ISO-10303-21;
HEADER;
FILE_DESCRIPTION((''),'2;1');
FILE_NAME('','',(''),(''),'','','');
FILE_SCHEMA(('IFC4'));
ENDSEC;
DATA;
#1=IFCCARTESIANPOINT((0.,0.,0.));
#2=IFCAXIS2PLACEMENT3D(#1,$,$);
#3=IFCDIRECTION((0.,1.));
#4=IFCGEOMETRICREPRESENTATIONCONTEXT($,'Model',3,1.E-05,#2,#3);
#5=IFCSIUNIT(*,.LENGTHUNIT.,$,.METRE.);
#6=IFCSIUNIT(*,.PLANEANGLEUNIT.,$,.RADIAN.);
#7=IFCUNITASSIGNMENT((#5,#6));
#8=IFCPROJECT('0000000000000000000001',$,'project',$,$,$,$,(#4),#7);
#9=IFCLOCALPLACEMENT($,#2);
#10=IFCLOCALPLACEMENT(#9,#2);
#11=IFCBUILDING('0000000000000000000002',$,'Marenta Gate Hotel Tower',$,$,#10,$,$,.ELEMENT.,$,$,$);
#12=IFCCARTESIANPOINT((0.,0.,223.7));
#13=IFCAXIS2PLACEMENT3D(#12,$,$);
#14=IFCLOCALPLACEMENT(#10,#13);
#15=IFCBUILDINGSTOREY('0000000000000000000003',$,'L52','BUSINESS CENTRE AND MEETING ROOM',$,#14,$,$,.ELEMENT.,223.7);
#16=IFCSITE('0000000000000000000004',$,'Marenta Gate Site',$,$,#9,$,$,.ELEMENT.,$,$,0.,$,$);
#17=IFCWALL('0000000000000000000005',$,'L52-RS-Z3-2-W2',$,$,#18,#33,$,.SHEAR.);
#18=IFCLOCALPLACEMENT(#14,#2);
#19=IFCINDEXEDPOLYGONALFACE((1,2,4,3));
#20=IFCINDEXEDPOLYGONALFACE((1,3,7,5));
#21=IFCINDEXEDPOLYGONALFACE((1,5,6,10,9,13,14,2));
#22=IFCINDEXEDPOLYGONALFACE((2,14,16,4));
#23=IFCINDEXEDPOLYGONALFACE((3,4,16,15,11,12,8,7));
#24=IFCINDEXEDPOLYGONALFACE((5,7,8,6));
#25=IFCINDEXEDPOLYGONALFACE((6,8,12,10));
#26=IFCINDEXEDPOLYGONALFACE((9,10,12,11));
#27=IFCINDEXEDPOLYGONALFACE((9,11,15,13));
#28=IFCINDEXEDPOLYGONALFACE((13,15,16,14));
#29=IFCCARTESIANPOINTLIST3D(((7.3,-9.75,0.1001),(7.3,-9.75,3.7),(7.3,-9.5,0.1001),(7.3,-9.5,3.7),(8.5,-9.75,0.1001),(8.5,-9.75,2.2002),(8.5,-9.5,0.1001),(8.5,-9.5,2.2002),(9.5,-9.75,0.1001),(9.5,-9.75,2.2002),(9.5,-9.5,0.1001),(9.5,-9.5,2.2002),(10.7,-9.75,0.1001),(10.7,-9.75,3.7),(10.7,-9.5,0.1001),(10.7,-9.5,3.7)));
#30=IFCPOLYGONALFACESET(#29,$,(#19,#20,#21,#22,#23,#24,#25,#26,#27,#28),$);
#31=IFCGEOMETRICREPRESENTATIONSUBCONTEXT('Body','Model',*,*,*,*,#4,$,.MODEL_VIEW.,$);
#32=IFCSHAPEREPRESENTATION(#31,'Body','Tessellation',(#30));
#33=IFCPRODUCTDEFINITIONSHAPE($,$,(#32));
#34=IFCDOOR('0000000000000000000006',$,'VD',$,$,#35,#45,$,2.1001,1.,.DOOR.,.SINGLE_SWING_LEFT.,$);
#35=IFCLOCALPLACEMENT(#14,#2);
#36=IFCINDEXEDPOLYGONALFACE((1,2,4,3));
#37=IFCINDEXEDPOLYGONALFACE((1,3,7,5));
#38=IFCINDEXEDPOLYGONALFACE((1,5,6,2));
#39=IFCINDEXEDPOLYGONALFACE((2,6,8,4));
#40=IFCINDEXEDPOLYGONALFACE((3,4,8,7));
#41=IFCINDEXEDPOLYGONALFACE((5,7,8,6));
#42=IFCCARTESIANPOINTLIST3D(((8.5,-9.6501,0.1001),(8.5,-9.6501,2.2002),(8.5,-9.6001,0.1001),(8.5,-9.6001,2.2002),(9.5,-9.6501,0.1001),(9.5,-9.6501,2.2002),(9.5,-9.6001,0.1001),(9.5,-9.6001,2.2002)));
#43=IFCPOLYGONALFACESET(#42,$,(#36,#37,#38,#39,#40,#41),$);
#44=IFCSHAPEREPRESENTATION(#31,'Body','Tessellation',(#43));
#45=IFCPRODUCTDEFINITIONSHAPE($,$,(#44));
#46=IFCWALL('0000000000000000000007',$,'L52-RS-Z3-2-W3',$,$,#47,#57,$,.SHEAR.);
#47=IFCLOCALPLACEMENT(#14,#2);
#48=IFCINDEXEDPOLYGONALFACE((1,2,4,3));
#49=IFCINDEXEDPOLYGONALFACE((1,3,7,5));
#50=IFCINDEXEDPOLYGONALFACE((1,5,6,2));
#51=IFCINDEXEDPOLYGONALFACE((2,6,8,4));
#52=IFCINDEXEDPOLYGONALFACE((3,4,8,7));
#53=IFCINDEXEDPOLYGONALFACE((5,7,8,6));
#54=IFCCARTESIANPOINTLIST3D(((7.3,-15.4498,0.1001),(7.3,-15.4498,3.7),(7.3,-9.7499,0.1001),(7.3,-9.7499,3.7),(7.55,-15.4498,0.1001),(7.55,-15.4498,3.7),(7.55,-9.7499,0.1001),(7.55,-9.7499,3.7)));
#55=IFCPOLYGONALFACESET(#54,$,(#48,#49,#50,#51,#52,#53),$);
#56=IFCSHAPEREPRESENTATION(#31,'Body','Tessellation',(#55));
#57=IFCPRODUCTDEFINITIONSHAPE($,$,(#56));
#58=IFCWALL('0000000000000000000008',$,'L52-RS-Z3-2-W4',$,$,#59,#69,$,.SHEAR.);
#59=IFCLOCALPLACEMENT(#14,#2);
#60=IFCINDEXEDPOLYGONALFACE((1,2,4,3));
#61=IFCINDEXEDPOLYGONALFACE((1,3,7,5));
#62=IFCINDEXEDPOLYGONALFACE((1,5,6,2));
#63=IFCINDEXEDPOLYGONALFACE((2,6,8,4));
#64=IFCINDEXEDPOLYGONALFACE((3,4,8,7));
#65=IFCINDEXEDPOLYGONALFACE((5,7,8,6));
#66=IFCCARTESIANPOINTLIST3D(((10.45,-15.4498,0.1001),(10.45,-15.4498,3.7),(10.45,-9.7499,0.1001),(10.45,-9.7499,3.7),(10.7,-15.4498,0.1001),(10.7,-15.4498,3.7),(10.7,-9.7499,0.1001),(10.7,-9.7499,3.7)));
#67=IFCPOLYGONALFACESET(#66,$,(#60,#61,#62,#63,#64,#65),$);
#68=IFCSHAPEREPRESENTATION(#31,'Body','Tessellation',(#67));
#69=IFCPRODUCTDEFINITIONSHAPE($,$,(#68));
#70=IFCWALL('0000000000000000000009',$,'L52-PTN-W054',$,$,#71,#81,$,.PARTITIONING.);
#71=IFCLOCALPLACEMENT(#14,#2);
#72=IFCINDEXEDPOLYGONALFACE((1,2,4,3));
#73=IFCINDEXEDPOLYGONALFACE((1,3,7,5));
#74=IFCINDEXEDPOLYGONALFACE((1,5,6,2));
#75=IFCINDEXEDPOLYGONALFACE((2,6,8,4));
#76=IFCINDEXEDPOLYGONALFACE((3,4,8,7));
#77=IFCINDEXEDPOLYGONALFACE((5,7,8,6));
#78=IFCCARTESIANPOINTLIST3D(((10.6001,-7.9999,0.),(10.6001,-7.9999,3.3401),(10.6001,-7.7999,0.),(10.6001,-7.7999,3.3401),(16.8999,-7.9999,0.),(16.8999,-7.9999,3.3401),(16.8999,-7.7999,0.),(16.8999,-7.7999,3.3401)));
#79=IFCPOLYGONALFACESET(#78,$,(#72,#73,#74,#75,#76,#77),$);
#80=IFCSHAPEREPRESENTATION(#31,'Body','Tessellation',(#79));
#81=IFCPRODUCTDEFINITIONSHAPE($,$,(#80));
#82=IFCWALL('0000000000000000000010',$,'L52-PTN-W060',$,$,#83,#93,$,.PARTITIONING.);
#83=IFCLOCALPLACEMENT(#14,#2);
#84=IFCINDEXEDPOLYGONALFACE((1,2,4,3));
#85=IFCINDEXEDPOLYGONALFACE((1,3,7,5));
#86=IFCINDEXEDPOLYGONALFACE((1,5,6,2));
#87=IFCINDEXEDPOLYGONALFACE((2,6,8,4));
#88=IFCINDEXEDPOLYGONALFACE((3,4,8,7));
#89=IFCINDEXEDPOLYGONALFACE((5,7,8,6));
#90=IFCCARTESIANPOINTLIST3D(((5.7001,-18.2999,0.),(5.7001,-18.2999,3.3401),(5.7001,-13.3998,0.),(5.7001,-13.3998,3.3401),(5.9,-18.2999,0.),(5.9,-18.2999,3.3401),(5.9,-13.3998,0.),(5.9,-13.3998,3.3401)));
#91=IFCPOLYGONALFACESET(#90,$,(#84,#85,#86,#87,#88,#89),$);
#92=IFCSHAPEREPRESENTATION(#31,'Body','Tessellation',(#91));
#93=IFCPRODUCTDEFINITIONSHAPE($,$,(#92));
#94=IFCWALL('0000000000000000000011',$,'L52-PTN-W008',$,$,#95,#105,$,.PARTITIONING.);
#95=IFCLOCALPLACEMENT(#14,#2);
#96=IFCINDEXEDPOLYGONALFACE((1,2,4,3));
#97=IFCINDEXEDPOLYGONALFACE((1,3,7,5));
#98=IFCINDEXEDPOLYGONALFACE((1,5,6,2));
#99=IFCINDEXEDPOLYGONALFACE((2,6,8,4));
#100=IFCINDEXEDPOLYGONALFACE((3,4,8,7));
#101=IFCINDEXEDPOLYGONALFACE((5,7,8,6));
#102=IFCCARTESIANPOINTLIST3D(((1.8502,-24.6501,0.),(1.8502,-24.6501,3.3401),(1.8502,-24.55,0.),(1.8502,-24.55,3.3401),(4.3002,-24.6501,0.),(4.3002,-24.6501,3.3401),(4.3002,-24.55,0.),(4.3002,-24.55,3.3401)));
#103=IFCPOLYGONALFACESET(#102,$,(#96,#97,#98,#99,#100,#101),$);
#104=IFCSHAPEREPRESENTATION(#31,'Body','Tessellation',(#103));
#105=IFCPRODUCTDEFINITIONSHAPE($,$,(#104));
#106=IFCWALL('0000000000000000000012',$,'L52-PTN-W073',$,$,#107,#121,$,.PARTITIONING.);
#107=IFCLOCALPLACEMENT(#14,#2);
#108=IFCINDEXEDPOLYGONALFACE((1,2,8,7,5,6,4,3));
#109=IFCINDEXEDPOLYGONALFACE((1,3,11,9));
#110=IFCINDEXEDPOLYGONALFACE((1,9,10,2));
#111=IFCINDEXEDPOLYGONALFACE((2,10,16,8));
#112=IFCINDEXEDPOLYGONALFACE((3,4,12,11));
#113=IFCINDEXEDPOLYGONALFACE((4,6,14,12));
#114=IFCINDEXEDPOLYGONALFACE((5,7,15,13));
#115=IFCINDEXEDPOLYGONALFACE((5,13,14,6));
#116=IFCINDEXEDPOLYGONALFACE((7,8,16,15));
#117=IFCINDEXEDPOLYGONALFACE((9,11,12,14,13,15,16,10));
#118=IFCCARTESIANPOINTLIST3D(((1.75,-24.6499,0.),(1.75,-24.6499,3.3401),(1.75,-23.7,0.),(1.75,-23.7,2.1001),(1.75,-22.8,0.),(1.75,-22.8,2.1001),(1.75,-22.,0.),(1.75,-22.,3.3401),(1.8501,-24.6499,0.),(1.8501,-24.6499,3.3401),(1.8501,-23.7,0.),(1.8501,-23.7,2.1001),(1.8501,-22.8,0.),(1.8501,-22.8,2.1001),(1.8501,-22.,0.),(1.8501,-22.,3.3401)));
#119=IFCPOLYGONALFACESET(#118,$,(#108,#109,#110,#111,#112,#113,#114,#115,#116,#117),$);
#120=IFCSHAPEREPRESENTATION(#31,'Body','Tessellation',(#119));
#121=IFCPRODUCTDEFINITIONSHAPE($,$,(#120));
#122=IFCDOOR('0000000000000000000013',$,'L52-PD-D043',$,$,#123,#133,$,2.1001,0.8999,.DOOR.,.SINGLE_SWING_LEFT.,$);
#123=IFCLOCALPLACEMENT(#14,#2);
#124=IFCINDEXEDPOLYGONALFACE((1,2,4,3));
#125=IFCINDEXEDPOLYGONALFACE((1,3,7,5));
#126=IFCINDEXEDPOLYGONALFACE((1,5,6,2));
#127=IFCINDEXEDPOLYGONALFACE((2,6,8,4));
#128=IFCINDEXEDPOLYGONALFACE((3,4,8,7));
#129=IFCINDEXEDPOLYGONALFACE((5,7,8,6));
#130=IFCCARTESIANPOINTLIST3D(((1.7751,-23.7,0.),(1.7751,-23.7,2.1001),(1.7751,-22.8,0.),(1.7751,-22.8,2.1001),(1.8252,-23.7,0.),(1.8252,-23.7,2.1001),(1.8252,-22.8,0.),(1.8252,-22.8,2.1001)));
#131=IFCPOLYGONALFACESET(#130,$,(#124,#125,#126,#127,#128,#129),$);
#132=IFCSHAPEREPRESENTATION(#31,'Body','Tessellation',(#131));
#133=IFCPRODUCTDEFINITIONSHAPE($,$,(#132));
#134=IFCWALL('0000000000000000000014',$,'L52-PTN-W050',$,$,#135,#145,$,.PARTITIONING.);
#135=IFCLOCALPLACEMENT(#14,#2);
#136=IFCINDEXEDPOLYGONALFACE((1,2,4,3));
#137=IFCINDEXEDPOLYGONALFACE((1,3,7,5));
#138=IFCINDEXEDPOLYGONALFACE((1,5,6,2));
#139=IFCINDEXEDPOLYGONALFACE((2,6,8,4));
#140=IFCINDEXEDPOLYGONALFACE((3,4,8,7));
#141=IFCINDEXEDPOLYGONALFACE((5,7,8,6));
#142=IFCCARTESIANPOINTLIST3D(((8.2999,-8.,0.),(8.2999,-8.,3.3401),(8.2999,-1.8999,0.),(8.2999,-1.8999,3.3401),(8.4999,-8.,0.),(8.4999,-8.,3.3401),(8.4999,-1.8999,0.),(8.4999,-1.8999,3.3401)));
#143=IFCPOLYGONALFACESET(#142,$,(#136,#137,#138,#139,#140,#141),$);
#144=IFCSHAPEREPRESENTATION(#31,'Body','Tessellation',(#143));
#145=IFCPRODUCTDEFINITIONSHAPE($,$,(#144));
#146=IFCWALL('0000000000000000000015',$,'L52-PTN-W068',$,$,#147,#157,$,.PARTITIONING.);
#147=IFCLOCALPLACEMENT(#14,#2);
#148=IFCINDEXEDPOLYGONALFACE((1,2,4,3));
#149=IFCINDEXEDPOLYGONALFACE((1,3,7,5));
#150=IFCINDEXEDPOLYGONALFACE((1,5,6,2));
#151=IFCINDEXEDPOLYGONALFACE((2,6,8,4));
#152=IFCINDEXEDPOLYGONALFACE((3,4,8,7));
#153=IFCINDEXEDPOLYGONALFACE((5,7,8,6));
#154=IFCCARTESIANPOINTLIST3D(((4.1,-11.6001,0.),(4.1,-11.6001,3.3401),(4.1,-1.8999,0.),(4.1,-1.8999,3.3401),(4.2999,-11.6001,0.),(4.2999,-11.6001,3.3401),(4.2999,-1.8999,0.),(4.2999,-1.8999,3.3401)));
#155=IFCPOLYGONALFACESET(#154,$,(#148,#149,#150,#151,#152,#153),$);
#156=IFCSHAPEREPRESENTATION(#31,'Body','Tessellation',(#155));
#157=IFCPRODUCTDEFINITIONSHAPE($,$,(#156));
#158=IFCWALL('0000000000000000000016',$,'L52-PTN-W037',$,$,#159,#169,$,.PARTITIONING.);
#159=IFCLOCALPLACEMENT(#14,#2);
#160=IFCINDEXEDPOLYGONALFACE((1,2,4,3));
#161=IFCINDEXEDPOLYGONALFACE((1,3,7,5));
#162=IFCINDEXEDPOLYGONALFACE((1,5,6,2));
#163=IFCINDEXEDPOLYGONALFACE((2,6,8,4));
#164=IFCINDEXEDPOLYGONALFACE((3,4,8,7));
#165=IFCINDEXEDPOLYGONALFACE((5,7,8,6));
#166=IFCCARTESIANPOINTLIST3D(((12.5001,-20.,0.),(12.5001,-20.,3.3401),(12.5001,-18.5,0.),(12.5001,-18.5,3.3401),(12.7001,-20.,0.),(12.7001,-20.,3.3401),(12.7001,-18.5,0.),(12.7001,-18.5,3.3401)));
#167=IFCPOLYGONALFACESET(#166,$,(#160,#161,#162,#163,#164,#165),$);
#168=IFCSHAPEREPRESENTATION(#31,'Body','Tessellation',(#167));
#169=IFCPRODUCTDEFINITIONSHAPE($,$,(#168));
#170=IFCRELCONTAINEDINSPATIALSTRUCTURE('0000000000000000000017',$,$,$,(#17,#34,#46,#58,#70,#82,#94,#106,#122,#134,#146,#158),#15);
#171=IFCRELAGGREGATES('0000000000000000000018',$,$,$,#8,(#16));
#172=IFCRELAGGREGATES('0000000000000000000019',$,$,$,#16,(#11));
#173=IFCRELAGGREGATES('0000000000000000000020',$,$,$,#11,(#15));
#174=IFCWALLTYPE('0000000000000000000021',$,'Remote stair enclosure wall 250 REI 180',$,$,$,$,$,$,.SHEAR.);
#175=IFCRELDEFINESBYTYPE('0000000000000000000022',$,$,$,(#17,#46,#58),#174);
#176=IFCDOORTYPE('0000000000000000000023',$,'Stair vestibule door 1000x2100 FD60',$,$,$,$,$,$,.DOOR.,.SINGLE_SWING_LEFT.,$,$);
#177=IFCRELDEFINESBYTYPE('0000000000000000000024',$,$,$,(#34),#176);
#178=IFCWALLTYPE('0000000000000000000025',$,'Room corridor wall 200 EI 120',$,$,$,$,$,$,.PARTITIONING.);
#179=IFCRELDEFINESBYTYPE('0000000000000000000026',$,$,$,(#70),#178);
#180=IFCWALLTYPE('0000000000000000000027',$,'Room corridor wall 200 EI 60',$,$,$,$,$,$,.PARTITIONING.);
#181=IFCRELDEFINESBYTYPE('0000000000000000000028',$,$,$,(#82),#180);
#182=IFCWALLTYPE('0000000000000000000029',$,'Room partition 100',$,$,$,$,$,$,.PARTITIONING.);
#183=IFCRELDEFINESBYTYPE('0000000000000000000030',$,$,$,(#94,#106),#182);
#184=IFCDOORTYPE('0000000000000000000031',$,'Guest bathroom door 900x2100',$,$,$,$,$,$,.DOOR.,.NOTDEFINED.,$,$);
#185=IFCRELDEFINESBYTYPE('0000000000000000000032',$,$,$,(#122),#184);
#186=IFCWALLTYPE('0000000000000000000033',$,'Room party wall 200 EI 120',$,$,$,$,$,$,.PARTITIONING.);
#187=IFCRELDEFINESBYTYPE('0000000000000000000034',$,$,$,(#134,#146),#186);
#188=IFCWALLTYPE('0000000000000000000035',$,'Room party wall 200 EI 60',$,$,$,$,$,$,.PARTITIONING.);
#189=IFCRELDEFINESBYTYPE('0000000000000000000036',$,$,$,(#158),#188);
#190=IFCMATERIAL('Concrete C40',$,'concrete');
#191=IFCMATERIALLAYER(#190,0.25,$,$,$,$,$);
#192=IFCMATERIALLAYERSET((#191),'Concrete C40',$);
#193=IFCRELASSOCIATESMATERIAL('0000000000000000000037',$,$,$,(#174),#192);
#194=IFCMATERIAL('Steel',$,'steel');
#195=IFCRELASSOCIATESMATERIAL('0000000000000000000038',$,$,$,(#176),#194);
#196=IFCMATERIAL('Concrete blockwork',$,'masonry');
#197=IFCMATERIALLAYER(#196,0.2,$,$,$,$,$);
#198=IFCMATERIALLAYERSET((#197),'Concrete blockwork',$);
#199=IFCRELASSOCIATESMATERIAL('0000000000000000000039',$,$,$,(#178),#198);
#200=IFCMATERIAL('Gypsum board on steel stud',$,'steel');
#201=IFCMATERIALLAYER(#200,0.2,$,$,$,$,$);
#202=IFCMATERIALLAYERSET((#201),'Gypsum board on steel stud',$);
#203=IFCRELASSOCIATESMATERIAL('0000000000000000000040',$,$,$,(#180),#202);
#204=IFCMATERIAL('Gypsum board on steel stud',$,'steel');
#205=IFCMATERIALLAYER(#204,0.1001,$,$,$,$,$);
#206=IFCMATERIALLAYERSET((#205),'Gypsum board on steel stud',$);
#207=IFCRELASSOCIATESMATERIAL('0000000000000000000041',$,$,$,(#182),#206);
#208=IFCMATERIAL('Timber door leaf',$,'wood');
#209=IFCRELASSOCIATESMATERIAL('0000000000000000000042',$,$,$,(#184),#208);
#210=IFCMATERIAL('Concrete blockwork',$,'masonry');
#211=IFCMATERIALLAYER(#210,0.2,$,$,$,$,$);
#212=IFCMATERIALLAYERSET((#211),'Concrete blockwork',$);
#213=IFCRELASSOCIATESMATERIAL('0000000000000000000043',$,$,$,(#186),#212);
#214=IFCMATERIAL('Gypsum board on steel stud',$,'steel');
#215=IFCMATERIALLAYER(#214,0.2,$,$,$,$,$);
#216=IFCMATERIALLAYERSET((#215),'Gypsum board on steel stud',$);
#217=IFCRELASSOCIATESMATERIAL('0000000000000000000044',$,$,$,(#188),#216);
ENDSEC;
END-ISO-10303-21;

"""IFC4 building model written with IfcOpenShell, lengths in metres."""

from ifc_helpers import new_model, si_unit, direction, frame, frame_2d, origin, place, context, subcontext, project, spatial, rectangle, extrude, material, layer, layer_set, type_object, element, fill, save


model = new_model("IFC4")

# Units and contexts
model_context = context("Model", 3, precision=1e-05, world=origin(), true_north=direction((0.0, 1.0)))
body_context = subcontext(model_context, "Body", "Model", "MODEL_VIEW")
ifc_project = project(units=[si_unit("LENGTHUNIT", "METRE"), si_unit("PLANEANGLEUNIT", "RADIAN")], contexts=[model_context])

# Site, building, storey
site_placement = place(None, origin())
site = spatial("IfcSite", under=ifc_project, at=site_placement, Name="Marenta Gate Site", CompositionType="ELEMENT", RefElevation=0.0)
building_placement = place(site_placement, origin())
building = spatial("IfcBuilding", under=site, at=building_placement, Name="Marenta Gate Hotel Tower", CompositionType="ELEMENT")
storey_placement = place(building_placement, frame((0.0, 0.0, 223.7)))
storey = spatial("IfcBuildingStorey", under=building, at=storey_placement, Name="L52", Description="BUSINESS CENTRE AND MEETING ROOM", CompositionType="ELEMENT", Elevation=223.7)

# Shared definitions
ifc_material_1 = material(Name="Concrete C40", Category="concrete")
ifc_layer_1 = layer(ifc_material_1, 0.25)
ifc_layer_set_1 = layer_set([ifc_layer_1], Name="Concrete C40")
wall_type_1 = type_object("IfcWallType", Name="Remote stair enclosure wall 250 REI 180", PredefinedType="SHEAR", material=ifc_layer_set_1)

# Wall, opening, door
wall_1_placement = place(storey_placement, frame((7.3, -9.625, 0.1001), z_axis=(0.0, 0.0, 1.0), x_axis=(1.0, 0.0, 0.0)))
wall_1 = element("IfcWall", 1, at=wall_1_placement, inside=storey, type_object=wall_type_1, Name="L52-RS-Z3-2-W2", PredefinedType="SHEAR", context=body_context, shape_type="SweptSolid", body=[
    extrude(rectangle(XDim=3.3999, YDim=0.25, at=frame_2d((1.7, 0.0))), origin(), (0.0, 0.0, 1.0), 3.5999),
])
opening_1_placement = place(wall_1_placement, frame((1.2, 0.0, 0.0)))
opening_1 = element("IfcOpeningElement", 2, at=opening_1_placement, cuts=wall_1, PredefinedType="OPENING", context=body_context, shape_type="SweptSolid", body=[
    extrude(rectangle(XDim=1.0, YDim=2.1001, at=frame_2d((0.5, 1.05))), frame((0.0, 0.125, 0.0), z_axis=(0.0, -1.0, 0.0), x_axis=(1.0, 0.0, 0.0)), (0.0, 0.0, 1.0), 0.25),
])
ifc_material_2 = material(Name="Steel", Category="steel")
door_type_1 = type_object("IfcDoorType", Name="Stair vestibule door 1000x2100 FD60", OperationType="SINGLE_SWING_LEFT", PredefinedType="DOOR", material=ifc_material_2)
door_1_placement = place(opening_1_placement, origin())
door_1 = element("IfcDoor", 3, at=door_1_placement, inside=storey, type_object=door_type_1, Name="VD", OperationType="SINGLE_SWING_LEFT", OverallHeight=2.1001, OverallWidth=1.0, PredefinedType="DOOR", context=body_context, shape_type="SweptSolid", body=[
    extrude(rectangle(XDim=1.0, YDim=2.1001, at=frame_2d((0.5, 1.05))), frame((0.0, 0.0249, 0.0), z_axis=(0.0, -1.0, 0.0), x_axis=(1.0, 0.0, 0.0)), (0.0, 0.0, 1.0), 0.05),
])
fill(opening_1, door_1)

# Walls
for number, where, z_axis, x_axis, name in (
    (4, (7.425, -15.45, 0.1001), (0.0, 0.0, 1.0), (0.0, 1.0, 0.0), "L52-RS-Z3-2-W3"),
    (5, (10.575, -15.45, 0.1001), (0.0, 0.0, 1.0), (0.0, 1.0, 0.0), "L52-RS-Z3-2-W4"),
):
    element("IfcWall", number, at=place(storey_placement, frame(where, z_axis=z_axis, x_axis=x_axis)), inside=storey, type_object=wall_type_1, Name=name, PredefinedType="SHEAR", context=body_context, shape_type="SweptSolid", body=[
        extrude(rectangle(XDim=5.7, YDim=0.25, at=frame_2d((2.8501, 0.0))), origin(), (0.0, 0.0, 1.0), 3.5999),
    ])
ifc_material_3 = material(Name="Concrete blockwork", Category="masonry")
ifc_layer_2 = layer(ifc_material_3, 0.2)
ifc_layer_set_2 = layer_set([ifc_layer_2], Name="Concrete blockwork")
wall_type_2 = type_object("IfcWallType", Name="Room corridor wall 200 EI 120", PredefinedType="PARTITIONING", material=ifc_layer_set_2)
wall_2_placement = place(storey_placement, frame((10.6001, -7.8999, 0.0), z_axis=(0.0, 0.0, 1.0), x_axis=(1.0, 0.0, 0.0)))
element("IfcWall", 6, at=wall_2_placement, inside=storey, type_object=wall_type_2, Name="L52-PTN-W054", PredefinedType="PARTITIONING", context=body_context, shape_type="SweptSolid", body=[
    extrude(rectangle(XDim=6.2998, YDim=0.2, at=frame_2d((3.1499, 0.0))), origin(), (0.0, 0.0, 1.0), 3.3401),
])

# Shared definitions
ifc_material_4 = material(Name="Gypsum board on steel stud", Category="steel")
ifc_layer_3 = layer(ifc_material_4, 0.2)
ifc_layer_set_3 = layer_set([ifc_layer_3], Name="Gypsum board on steel stud")
wall_type_3 = type_object("IfcWallType", Name="Room corridor wall 200 EI 60", PredefinedType="PARTITIONING", material=ifc_layer_set_3)

# Wall
wall_3_placement = place(storey_placement, frame((5.8, -18.3, 0.0), z_axis=(0.0, 0.0, 1.0), x_axis=(0.0, 1.0, 0.0)))
element("IfcWall", 7, at=wall_3_placement, inside=storey, type_object=wall_type_3, Name="L52-PTN-W060", PredefinedType="PARTITIONING", context=body_context, shape_type="SweptSolid", body=[
    extrude(rectangle(XDim=4.9001, YDim=0.2, at=frame_2d((2.4502, 0.0))), origin(), (0.0, 0.0, 1.0), 3.3401),
])

# Wall
ifc_material_5 = material(Name="Gypsum board on steel stud", Category="steel")
ifc_layer_4 = layer(ifc_material_5, 0.1001)
ifc_layer_set_4 = layer_set([ifc_layer_4], Name="Gypsum board on steel stud")
wall_type_4 = type_object("IfcWallType", Name="Room partition 100", PredefinedType="PARTITIONING", material=ifc_layer_set_4)
wall_4_placement = place(storey_placement, frame((1.8501, -24.6001, 0.0), z_axis=(0.0, 0.0, 1.0), x_axis=(1.0, 0.0, 0.0)))
element("IfcWall", 8, at=wall_4_placement, inside=storey, type_object=wall_type_4, Name="L52-PTN-W008", PredefinedType="PARTITIONING", context=body_context, shape_type="SweptSolid", body=[
    extrude(rectangle(XDim=2.45, YDim=0.1001, at=frame_2d((1.2251, 0.0))), origin(), (0.0, 0.0, 1.0), 3.3401),
])

# Wall, opening, door
wall_5_placement = place(storey_placement, frame((1.8, -24.6499, 0.0), z_axis=(0.0, 0.0, 1.0), x_axis=(0.0, 1.0, 0.0)))
wall_5 = element("IfcWall", 9, at=wall_5_placement, inside=storey, type_object=wall_type_4, Name="L52-PTN-W073", PredefinedType="PARTITIONING", context=body_context, shape_type="SweptSolid", body=[
    extrude(rectangle(XDim=2.6499, YDim=0.1001, at=frame_2d((1.325, 0.0))), origin(), (0.0, 0.0, 1.0), 3.3401),
])
opening_2_placement = place(wall_5_placement, frame((0.95, 0.0, 0.0)))
opening_2 = element("IfcOpeningElement", 10, at=opening_2_placement, cuts=wall_5, PredefinedType="OPENING", context=body_context, shape_type="SweptSolid", body=[
    extrude(rectangle(XDim=0.8999, YDim=2.1001, at=frame_2d((0.45, 1.05))), frame((0.0, 0.05, 0.0), z_axis=(0.0, -1.0, 0.0), x_axis=(1.0, 0.0, 0.0)), (0.0, 0.0, 1.0), 0.1001),
])
ifc_material_6 = material(Name="Timber door leaf", Category="wood")
door_type_2 = type_object("IfcDoorType", Name="Guest bathroom door 900x2100", OperationType="NOTDEFINED", PredefinedType="DOOR", material=ifc_material_6)
door_2_placement = place(opening_2_placement, origin())
door_2 = element("IfcDoor", 11, at=door_2_placement, inside=storey, type_object=door_type_2, Name="L52-PD-D043", OperationType="SINGLE_SWING_LEFT", OverallHeight=2.1001, OverallWidth=0.8999, PredefinedType="DOOR", context=body_context, shape_type="SweptSolid", body=[
    extrude(rectangle(XDim=0.8999, YDim=2.1001, at=frame_2d((0.45, 1.05))), frame((0.0, 0.0249, 0.0), z_axis=(0.0, -1.0, 0.0), x_axis=(1.0, 0.0, 0.0)), (0.0, 0.0, 1.0), 0.05),
])
fill(opening_2, door_2)

# Walls
ifc_material_7 = material(Name="Concrete blockwork", Category="masonry")
ifc_layer_5 = layer(ifc_material_7, 0.2)
ifc_layer_set_5 = layer_set([ifc_layer_5], Name="Concrete blockwork")
wall_type_5 = type_object("IfcWallType", Name="Room party wall 200 EI 120", PredefinedType="PARTITIONING", material=ifc_layer_set_5)
wall_6_placement = place(storey_placement, frame((8.3999, -8.0, 0.0), z_axis=(0.0, 0.0, 1.0), x_axis=(0.0, 1.0, 0.0)))
element("IfcWall", 12, at=wall_6_placement, inside=storey, type_object=wall_type_5, Name="L52-PTN-W050", PredefinedType="PARTITIONING", context=body_context, shape_type="SweptSolid", body=[
    extrude(rectangle(XDim=6.1001, YDim=0.2, at=frame_2d((3.05, 0.0))), origin(), (0.0, 0.0, 1.0), 3.3401),
])
wall_7_placement = place(storey_placement, frame((4.2, -11.6001, 0.0), z_axis=(0.0, 0.0, 1.0), x_axis=(0.0, 1.0, 0.0)))
element("IfcWall", 13, at=wall_7_placement, inside=storey, type_object=wall_type_5, Name="L52-PTN-W068", PredefinedType="PARTITIONING", context=body_context, shape_type="SweptSolid", body=[
    extrude(rectangle(XDim=9.7002, YDim=0.2, at=frame_2d((4.8501, 0.0))), origin(), (0.0, 0.0, 1.0), 3.3401),
])
ifc_material_8 = material(Name="Gypsum board on steel stud", Category="steel")
ifc_layer_6 = layer(ifc_material_8, 0.2)
ifc_layer_set_6 = layer_set([ifc_layer_6], Name="Gypsum board on steel stud")
wall_type_6 = type_object("IfcWallType", Name="Room party wall 200 EI 60", PredefinedType="PARTITIONING", material=ifc_layer_set_6)
wall_8_placement = place(storey_placement, frame((12.6001, -20.0, 0.0), z_axis=(0.0, 0.0, 1.0), x_axis=(0.0, 1.0, 0.0)))
element("IfcWall", 14, at=wall_8_placement, inside=storey, type_object=wall_type_6, Name="L52-PTN-W037", PredefinedType="PARTITIONING", context=body_context, shape_type="SweptSolid", body=[
    extrude(rectangle(XDim=1.5, YDim=0.2, at=frame_2d((0.75, 0.0))), origin(), (0.0, 0.0, 1.0), 3.3401),
])

save(model, "model.ifc")
